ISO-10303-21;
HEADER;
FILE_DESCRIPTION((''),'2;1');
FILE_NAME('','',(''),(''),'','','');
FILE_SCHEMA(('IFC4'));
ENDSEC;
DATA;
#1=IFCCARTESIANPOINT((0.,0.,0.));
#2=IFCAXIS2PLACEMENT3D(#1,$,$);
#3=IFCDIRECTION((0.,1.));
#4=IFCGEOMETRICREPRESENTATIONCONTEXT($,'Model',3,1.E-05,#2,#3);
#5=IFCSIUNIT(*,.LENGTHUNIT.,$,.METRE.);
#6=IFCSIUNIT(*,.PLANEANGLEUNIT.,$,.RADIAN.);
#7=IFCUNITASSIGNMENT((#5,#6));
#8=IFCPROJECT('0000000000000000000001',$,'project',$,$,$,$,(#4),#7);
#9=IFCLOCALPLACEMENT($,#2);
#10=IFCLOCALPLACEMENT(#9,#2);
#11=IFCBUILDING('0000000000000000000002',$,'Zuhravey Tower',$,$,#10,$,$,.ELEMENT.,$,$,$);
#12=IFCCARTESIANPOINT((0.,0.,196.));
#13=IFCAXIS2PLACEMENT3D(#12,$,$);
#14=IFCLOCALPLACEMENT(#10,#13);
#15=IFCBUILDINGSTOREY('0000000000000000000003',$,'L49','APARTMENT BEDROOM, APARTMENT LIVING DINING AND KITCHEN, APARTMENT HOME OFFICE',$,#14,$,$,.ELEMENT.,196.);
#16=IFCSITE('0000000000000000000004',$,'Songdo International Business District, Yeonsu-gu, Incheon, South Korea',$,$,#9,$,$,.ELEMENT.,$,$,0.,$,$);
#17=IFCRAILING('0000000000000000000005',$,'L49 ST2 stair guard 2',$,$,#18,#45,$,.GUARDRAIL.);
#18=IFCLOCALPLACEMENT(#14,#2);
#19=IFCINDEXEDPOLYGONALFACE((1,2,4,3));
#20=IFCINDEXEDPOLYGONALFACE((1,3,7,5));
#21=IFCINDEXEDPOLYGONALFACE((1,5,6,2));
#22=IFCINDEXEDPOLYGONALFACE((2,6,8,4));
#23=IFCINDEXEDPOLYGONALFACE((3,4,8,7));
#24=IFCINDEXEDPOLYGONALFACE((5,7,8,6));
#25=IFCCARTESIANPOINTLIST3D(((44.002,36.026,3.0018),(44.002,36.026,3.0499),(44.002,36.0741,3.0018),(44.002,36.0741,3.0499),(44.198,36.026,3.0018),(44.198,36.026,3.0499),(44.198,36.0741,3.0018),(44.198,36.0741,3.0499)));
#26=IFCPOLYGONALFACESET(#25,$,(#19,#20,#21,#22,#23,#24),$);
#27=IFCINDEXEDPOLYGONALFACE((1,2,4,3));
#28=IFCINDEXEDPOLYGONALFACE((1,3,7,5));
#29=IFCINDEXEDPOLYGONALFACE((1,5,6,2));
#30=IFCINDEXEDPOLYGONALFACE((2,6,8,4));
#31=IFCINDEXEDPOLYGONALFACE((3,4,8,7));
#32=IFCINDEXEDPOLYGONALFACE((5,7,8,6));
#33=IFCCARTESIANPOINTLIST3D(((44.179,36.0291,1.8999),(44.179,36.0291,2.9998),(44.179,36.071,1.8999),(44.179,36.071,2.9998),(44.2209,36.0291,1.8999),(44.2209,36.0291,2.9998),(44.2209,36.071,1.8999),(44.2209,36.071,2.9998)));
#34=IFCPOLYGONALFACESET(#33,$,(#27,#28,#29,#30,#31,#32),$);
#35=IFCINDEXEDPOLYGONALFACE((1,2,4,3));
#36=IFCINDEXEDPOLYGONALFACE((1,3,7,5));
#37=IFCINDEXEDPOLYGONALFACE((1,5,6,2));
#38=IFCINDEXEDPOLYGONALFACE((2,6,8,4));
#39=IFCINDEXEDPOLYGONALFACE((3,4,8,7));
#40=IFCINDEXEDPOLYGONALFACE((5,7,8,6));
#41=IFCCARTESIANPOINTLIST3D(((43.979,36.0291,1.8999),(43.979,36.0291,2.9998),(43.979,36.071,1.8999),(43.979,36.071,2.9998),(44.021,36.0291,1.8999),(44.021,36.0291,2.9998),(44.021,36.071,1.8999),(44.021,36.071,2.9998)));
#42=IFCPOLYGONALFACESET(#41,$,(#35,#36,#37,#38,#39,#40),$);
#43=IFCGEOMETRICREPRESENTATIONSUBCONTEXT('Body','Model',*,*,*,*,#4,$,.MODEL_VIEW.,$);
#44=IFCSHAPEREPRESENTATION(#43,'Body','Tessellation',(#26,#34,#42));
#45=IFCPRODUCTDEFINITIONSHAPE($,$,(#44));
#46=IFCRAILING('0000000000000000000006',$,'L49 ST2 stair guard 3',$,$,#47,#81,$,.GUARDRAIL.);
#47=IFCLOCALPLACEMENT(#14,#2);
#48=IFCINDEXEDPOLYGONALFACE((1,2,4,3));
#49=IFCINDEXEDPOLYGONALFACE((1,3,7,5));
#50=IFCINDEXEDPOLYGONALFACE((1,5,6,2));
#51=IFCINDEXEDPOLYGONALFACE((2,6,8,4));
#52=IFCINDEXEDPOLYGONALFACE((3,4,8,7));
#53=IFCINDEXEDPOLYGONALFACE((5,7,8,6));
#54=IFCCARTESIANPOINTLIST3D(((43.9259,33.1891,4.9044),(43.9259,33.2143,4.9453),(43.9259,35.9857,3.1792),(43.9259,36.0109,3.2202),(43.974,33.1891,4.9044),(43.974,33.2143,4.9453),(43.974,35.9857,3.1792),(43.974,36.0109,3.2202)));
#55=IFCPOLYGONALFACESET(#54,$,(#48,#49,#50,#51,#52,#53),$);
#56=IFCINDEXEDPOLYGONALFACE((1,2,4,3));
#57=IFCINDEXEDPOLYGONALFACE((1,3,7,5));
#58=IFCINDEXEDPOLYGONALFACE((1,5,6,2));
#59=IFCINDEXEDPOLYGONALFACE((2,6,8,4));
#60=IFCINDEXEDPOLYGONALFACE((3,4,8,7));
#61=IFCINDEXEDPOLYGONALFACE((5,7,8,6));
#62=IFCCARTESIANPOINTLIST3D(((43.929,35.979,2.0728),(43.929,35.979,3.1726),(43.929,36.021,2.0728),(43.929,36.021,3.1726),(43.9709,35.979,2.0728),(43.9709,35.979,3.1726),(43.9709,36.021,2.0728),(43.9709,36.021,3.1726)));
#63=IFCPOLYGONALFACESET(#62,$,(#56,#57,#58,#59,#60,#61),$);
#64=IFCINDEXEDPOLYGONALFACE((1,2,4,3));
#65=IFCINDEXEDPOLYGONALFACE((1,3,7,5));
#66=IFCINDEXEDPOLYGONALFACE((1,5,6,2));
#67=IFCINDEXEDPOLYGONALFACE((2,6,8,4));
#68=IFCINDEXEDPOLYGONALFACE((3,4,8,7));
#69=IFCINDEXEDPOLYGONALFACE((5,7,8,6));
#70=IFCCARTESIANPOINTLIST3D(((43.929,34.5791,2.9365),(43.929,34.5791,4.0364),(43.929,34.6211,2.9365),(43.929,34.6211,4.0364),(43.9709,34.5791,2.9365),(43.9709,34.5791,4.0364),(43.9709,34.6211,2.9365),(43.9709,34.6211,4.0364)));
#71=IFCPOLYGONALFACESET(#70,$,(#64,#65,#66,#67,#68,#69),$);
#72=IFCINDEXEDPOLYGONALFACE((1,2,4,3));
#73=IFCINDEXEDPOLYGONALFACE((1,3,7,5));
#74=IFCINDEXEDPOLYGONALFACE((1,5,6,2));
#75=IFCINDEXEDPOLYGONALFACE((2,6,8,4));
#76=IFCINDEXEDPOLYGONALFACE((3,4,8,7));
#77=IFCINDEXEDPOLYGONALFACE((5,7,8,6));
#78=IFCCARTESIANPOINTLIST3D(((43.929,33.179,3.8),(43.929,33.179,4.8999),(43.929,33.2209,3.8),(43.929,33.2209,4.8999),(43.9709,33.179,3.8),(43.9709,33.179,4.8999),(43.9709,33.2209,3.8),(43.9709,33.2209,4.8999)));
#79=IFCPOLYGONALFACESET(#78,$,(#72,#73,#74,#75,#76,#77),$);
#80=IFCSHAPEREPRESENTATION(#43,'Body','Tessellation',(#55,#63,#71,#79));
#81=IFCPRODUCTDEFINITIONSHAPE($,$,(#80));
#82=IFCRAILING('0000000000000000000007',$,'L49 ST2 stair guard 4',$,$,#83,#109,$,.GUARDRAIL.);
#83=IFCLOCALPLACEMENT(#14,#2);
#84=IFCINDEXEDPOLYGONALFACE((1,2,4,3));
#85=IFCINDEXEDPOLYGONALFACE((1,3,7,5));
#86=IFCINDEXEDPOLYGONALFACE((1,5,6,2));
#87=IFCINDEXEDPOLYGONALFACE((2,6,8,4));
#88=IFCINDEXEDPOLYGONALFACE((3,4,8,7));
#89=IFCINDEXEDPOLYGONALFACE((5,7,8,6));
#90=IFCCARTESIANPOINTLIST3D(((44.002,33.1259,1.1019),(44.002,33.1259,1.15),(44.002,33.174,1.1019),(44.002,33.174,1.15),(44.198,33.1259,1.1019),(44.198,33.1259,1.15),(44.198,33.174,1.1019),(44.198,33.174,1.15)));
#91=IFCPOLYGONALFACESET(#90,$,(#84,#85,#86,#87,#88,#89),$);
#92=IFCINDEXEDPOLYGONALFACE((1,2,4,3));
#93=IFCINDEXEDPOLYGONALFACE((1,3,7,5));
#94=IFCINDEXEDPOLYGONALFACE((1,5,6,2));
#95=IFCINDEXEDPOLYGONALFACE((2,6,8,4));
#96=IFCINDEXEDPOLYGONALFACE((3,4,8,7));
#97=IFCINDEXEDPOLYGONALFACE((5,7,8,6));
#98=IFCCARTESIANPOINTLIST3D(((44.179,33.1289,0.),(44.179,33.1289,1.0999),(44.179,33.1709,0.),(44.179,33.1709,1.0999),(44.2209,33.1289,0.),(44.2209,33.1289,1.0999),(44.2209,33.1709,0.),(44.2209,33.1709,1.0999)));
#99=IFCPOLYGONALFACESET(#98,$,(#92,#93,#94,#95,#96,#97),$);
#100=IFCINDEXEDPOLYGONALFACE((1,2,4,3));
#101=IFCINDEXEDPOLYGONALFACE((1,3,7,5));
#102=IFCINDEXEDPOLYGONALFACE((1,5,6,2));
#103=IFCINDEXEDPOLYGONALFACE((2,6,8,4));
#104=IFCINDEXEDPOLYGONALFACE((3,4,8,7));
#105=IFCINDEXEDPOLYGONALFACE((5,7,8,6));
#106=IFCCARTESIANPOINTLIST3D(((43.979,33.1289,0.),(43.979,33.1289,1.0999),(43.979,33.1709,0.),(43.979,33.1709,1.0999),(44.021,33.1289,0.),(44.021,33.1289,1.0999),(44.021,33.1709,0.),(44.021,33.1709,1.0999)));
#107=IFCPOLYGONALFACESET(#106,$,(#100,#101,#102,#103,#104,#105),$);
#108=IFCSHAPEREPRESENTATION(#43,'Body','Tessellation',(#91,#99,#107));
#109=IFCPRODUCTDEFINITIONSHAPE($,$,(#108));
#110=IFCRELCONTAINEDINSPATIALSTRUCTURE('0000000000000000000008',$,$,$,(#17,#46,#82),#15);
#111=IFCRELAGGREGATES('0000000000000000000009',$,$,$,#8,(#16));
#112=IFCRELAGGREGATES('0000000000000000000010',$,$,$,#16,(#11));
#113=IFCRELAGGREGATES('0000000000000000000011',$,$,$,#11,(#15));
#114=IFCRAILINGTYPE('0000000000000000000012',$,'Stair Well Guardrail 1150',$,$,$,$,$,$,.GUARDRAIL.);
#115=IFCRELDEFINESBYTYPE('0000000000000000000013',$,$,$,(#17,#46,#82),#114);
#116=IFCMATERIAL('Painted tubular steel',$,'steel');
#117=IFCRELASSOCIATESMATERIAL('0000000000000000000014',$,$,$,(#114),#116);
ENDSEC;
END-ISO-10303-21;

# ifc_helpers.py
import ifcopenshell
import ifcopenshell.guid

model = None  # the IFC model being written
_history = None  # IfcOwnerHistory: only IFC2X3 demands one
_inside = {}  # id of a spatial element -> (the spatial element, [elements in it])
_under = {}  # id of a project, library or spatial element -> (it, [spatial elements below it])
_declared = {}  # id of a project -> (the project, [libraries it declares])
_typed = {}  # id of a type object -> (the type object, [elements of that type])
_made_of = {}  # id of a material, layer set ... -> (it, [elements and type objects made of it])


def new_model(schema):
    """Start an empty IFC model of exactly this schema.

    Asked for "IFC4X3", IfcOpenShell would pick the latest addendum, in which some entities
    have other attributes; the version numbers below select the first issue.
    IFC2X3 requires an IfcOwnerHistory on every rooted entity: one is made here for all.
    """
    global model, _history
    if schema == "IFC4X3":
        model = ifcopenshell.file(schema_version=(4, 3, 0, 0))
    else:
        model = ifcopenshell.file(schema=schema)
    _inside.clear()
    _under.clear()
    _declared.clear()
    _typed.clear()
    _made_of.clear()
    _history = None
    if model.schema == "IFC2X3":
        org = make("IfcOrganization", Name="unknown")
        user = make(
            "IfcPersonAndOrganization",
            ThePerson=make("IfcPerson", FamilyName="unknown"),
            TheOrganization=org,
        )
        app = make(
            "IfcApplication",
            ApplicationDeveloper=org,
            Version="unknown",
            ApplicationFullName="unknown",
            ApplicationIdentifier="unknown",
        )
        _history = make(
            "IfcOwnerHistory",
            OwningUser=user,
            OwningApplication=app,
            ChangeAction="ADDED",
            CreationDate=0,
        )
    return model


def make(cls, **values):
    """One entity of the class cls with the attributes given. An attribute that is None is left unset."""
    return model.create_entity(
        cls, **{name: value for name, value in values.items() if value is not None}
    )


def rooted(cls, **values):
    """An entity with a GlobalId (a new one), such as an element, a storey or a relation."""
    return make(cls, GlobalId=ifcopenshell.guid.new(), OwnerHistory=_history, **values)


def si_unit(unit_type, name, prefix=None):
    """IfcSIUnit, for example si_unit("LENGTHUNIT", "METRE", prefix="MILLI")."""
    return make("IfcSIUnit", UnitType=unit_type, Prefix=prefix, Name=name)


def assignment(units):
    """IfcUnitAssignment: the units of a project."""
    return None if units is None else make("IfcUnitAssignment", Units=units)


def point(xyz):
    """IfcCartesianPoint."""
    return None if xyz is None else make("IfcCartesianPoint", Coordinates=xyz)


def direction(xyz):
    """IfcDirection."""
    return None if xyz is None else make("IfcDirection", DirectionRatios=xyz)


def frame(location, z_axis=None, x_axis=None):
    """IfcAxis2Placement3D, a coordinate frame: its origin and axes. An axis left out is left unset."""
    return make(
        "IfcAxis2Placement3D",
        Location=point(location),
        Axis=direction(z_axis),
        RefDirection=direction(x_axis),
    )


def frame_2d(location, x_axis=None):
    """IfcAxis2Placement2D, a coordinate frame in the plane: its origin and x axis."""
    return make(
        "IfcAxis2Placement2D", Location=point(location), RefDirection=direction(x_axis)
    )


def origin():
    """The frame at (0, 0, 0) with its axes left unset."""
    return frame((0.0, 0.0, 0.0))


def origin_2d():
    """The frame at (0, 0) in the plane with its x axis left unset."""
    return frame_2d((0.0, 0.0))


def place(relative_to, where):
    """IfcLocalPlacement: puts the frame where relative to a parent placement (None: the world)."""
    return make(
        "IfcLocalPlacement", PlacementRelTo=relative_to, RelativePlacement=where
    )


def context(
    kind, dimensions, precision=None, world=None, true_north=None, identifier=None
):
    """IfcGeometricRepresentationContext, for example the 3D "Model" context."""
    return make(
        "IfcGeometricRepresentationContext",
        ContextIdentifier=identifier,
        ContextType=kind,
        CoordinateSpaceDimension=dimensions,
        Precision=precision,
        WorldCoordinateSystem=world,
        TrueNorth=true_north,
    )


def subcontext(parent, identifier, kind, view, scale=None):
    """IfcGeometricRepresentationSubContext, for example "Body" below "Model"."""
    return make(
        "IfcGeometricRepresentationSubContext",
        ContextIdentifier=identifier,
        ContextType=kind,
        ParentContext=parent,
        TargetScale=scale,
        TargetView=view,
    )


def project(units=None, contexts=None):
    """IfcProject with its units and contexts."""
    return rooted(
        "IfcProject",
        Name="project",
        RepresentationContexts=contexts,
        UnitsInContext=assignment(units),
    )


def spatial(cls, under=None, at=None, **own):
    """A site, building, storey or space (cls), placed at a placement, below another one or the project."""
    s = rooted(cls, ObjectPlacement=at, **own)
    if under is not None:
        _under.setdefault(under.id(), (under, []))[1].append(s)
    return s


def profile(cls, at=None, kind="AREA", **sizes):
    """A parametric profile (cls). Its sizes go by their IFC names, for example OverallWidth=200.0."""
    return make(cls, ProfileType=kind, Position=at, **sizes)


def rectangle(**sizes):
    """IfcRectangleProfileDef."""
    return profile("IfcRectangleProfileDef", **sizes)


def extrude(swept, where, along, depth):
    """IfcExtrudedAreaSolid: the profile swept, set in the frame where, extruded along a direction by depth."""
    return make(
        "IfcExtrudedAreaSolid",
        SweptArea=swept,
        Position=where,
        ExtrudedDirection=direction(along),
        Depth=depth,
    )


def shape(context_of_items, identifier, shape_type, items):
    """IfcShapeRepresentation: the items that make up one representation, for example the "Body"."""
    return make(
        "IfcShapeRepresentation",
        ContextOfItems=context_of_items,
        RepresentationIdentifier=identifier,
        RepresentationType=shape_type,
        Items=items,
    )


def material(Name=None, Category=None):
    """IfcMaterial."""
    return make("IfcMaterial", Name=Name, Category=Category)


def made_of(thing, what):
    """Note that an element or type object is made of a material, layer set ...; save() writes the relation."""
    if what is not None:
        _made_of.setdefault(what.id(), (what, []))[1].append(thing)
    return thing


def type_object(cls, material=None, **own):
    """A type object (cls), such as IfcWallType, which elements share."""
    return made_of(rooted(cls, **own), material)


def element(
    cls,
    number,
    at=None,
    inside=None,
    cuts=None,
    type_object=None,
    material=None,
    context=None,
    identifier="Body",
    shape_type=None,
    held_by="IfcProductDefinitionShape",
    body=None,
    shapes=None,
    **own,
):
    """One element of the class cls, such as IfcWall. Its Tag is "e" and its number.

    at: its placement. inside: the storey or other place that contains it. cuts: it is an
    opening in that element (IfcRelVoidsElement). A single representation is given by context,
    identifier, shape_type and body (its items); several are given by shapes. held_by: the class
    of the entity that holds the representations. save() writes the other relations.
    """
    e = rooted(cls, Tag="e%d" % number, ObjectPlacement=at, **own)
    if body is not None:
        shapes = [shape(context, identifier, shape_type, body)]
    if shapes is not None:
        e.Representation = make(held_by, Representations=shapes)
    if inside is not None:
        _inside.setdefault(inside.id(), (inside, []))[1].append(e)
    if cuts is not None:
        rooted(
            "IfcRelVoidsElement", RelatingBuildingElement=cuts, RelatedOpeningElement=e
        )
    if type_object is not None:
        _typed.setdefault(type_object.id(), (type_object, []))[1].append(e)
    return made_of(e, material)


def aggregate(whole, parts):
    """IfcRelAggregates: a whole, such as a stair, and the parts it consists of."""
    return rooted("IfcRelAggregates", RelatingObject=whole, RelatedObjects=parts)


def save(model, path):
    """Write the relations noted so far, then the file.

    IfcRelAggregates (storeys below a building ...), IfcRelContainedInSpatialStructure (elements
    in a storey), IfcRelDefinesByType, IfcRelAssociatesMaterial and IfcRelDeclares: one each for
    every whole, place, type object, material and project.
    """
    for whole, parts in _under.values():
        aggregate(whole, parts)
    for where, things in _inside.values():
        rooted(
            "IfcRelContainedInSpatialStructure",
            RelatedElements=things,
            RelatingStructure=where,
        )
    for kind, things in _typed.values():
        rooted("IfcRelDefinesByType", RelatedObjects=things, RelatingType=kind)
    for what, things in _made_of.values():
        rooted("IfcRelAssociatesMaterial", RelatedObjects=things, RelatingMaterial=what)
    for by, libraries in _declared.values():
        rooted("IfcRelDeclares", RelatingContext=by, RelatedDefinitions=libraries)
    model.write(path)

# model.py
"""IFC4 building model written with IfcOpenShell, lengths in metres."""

from ifc_helpers import new_model, si_unit, direction, frame, origin, origin_2d, place, context, subcontext, project, spatial, rectangle, extrude, material, type_object, element, save


model = new_model("IFC4")

# Units and contexts
model_context = context("Model", 3, precision=1e-05, world=origin(), true_north=direction((0.0, 1.0)))
body_context = subcontext(model_context, "Body", "Model", "MODEL_VIEW")
ifc_project = project(units=[si_unit("LENGTHUNIT", "METRE"), si_unit("PLANEANGLEUNIT", "RADIAN")], contexts=[model_context])

# Site, building, storey
site_placement = place(None, origin())
site = spatial("IfcSite", under=ifc_project, at=site_placement, Name="Songdo International Business District, Yeonsu-gu, Incheon, South Korea", CompositionType="ELEMENT", RefElevation=0.0)
building_placement = place(site_placement, origin())
building = spatial("IfcBuilding", under=site, at=building_placement, Name="Zuhravey Tower", CompositionType="ELEMENT")
storey_placement = place(building_placement, frame((0.0, 0.0, 196.0)))
storey = spatial("IfcBuildingStorey", under=building, at=storey_placement, Name="L49", Description="APARTMENT BEDROOM, APARTMENT LIVING DINING AND KITCHEN, APARTMENT HOME OFFICE", CompositionType="ELEMENT", Elevation=196.0)

# Railings
ifc_material_1 = material(Name="Painted tubular steel", Category="steel")
railing_type_1 = type_object("IfcRailingType", Name="Stair Well Guardrail 1150", PredefinedType="GUARDRAIL", material=ifc_material_1)
railing_1_placement = place(storey_placement, frame((44.2, 36.05, 1.8999)))
element("IfcRailing", 1, at=railing_1_placement, inside=storey, type_object=railing_type_1, Name="L49 ST2 stair guard 2", PredefinedType="GUARDRAIL", context=body_context, shape_type="SweptSolid", body=[
    extrude(rectangle(XDim=0.0481, YDim=0.0481, at=origin_2d()), frame((-0.002, 0.0, 1.126), z_axis=(-1.0, 0.0, 0.0), x_axis=(0.0, -1.0, 0.0)), (0.0, 0.0, 1.0), 0.196),
    extrude(rectangle(XDim=0.042, YDim=0.042, at=origin_2d()), origin(), (0.0, 0.0, 1.0), 1.0999),
    extrude(rectangle(XDim=0.042, YDim=0.042, at=origin_2d()), frame((-0.2, 0.0, 0.0)), (0.0, 0.0, 1.0), 1.0999),
])
railing_2_placement = place(storey_placement, frame((43.95, 36.0, 2.0728)))
element("IfcRailing", 2, at=railing_2_placement, inside=storey, type_object=railing_type_1, Name="L49 ST2 stair guard 3", PredefinedType="GUARDRAIL", context=body_context, shape_type="SweptSolid", body=[
    extrude(rectangle(XDim=0.0481, YDim=0.0481, at=origin_2d()), frame((0.0, -0.0017, 1.127), z_axis=(0.0, -0.85109, 0.52502), x_axis=(1.0, 0.0, 0.0)), (0.0, 0.0, 1.0), 3.2859),
    extrude(rectangle(XDim=0.042, YDim=0.042, at=origin_2d()), origin(), (0.0, 0.0, 1.0), 1.0999),
    extrude(rectangle(XDim=0.042, YDim=0.042, at=origin_2d()), frame((0.0, -1.3999, 0.8638)), (0.0, 0.0, 1.0), 1.0999),
    extrude(rectangle(XDim=0.042, YDim=0.042, at=origin_2d()), frame((0.0, -2.8, 1.7273)), (0.0, 0.0, 1.0), 1.0999),
])
railing_3_placement = place(storey_placement, frame((44.2, 33.1499, 0.0)))
element("IfcRailing", 3, at=railing_3_placement, inside=storey, type_object=railing_type_1, Name="L49 ST2 stair guard 4", PredefinedType="GUARDRAIL", context=body_context, shape_type="SweptSolid", body=[
    extrude(rectangle(XDim=0.0481, YDim=0.0481, at=origin_2d()), frame((-0.002, 0.0, 1.126), z_axis=(-1.0, 0.0, 0.0), x_axis=(0.0, -1.0, 0.0)), (0.0, 0.0, 1.0), 0.196),
    extrude(rectangle(XDim=0.042, YDim=0.042, at=origin_2d()), origin(), (0.0, 0.0, 1.0), 1.0999),
    extrude(rectangle(XDim=0.042, YDim=0.042, at=origin_2d()), frame((-0.2, 0.0, 0.0)), (0.0, 0.0, 1.0), 1.0999),
])

save(model, "model.ifc")
